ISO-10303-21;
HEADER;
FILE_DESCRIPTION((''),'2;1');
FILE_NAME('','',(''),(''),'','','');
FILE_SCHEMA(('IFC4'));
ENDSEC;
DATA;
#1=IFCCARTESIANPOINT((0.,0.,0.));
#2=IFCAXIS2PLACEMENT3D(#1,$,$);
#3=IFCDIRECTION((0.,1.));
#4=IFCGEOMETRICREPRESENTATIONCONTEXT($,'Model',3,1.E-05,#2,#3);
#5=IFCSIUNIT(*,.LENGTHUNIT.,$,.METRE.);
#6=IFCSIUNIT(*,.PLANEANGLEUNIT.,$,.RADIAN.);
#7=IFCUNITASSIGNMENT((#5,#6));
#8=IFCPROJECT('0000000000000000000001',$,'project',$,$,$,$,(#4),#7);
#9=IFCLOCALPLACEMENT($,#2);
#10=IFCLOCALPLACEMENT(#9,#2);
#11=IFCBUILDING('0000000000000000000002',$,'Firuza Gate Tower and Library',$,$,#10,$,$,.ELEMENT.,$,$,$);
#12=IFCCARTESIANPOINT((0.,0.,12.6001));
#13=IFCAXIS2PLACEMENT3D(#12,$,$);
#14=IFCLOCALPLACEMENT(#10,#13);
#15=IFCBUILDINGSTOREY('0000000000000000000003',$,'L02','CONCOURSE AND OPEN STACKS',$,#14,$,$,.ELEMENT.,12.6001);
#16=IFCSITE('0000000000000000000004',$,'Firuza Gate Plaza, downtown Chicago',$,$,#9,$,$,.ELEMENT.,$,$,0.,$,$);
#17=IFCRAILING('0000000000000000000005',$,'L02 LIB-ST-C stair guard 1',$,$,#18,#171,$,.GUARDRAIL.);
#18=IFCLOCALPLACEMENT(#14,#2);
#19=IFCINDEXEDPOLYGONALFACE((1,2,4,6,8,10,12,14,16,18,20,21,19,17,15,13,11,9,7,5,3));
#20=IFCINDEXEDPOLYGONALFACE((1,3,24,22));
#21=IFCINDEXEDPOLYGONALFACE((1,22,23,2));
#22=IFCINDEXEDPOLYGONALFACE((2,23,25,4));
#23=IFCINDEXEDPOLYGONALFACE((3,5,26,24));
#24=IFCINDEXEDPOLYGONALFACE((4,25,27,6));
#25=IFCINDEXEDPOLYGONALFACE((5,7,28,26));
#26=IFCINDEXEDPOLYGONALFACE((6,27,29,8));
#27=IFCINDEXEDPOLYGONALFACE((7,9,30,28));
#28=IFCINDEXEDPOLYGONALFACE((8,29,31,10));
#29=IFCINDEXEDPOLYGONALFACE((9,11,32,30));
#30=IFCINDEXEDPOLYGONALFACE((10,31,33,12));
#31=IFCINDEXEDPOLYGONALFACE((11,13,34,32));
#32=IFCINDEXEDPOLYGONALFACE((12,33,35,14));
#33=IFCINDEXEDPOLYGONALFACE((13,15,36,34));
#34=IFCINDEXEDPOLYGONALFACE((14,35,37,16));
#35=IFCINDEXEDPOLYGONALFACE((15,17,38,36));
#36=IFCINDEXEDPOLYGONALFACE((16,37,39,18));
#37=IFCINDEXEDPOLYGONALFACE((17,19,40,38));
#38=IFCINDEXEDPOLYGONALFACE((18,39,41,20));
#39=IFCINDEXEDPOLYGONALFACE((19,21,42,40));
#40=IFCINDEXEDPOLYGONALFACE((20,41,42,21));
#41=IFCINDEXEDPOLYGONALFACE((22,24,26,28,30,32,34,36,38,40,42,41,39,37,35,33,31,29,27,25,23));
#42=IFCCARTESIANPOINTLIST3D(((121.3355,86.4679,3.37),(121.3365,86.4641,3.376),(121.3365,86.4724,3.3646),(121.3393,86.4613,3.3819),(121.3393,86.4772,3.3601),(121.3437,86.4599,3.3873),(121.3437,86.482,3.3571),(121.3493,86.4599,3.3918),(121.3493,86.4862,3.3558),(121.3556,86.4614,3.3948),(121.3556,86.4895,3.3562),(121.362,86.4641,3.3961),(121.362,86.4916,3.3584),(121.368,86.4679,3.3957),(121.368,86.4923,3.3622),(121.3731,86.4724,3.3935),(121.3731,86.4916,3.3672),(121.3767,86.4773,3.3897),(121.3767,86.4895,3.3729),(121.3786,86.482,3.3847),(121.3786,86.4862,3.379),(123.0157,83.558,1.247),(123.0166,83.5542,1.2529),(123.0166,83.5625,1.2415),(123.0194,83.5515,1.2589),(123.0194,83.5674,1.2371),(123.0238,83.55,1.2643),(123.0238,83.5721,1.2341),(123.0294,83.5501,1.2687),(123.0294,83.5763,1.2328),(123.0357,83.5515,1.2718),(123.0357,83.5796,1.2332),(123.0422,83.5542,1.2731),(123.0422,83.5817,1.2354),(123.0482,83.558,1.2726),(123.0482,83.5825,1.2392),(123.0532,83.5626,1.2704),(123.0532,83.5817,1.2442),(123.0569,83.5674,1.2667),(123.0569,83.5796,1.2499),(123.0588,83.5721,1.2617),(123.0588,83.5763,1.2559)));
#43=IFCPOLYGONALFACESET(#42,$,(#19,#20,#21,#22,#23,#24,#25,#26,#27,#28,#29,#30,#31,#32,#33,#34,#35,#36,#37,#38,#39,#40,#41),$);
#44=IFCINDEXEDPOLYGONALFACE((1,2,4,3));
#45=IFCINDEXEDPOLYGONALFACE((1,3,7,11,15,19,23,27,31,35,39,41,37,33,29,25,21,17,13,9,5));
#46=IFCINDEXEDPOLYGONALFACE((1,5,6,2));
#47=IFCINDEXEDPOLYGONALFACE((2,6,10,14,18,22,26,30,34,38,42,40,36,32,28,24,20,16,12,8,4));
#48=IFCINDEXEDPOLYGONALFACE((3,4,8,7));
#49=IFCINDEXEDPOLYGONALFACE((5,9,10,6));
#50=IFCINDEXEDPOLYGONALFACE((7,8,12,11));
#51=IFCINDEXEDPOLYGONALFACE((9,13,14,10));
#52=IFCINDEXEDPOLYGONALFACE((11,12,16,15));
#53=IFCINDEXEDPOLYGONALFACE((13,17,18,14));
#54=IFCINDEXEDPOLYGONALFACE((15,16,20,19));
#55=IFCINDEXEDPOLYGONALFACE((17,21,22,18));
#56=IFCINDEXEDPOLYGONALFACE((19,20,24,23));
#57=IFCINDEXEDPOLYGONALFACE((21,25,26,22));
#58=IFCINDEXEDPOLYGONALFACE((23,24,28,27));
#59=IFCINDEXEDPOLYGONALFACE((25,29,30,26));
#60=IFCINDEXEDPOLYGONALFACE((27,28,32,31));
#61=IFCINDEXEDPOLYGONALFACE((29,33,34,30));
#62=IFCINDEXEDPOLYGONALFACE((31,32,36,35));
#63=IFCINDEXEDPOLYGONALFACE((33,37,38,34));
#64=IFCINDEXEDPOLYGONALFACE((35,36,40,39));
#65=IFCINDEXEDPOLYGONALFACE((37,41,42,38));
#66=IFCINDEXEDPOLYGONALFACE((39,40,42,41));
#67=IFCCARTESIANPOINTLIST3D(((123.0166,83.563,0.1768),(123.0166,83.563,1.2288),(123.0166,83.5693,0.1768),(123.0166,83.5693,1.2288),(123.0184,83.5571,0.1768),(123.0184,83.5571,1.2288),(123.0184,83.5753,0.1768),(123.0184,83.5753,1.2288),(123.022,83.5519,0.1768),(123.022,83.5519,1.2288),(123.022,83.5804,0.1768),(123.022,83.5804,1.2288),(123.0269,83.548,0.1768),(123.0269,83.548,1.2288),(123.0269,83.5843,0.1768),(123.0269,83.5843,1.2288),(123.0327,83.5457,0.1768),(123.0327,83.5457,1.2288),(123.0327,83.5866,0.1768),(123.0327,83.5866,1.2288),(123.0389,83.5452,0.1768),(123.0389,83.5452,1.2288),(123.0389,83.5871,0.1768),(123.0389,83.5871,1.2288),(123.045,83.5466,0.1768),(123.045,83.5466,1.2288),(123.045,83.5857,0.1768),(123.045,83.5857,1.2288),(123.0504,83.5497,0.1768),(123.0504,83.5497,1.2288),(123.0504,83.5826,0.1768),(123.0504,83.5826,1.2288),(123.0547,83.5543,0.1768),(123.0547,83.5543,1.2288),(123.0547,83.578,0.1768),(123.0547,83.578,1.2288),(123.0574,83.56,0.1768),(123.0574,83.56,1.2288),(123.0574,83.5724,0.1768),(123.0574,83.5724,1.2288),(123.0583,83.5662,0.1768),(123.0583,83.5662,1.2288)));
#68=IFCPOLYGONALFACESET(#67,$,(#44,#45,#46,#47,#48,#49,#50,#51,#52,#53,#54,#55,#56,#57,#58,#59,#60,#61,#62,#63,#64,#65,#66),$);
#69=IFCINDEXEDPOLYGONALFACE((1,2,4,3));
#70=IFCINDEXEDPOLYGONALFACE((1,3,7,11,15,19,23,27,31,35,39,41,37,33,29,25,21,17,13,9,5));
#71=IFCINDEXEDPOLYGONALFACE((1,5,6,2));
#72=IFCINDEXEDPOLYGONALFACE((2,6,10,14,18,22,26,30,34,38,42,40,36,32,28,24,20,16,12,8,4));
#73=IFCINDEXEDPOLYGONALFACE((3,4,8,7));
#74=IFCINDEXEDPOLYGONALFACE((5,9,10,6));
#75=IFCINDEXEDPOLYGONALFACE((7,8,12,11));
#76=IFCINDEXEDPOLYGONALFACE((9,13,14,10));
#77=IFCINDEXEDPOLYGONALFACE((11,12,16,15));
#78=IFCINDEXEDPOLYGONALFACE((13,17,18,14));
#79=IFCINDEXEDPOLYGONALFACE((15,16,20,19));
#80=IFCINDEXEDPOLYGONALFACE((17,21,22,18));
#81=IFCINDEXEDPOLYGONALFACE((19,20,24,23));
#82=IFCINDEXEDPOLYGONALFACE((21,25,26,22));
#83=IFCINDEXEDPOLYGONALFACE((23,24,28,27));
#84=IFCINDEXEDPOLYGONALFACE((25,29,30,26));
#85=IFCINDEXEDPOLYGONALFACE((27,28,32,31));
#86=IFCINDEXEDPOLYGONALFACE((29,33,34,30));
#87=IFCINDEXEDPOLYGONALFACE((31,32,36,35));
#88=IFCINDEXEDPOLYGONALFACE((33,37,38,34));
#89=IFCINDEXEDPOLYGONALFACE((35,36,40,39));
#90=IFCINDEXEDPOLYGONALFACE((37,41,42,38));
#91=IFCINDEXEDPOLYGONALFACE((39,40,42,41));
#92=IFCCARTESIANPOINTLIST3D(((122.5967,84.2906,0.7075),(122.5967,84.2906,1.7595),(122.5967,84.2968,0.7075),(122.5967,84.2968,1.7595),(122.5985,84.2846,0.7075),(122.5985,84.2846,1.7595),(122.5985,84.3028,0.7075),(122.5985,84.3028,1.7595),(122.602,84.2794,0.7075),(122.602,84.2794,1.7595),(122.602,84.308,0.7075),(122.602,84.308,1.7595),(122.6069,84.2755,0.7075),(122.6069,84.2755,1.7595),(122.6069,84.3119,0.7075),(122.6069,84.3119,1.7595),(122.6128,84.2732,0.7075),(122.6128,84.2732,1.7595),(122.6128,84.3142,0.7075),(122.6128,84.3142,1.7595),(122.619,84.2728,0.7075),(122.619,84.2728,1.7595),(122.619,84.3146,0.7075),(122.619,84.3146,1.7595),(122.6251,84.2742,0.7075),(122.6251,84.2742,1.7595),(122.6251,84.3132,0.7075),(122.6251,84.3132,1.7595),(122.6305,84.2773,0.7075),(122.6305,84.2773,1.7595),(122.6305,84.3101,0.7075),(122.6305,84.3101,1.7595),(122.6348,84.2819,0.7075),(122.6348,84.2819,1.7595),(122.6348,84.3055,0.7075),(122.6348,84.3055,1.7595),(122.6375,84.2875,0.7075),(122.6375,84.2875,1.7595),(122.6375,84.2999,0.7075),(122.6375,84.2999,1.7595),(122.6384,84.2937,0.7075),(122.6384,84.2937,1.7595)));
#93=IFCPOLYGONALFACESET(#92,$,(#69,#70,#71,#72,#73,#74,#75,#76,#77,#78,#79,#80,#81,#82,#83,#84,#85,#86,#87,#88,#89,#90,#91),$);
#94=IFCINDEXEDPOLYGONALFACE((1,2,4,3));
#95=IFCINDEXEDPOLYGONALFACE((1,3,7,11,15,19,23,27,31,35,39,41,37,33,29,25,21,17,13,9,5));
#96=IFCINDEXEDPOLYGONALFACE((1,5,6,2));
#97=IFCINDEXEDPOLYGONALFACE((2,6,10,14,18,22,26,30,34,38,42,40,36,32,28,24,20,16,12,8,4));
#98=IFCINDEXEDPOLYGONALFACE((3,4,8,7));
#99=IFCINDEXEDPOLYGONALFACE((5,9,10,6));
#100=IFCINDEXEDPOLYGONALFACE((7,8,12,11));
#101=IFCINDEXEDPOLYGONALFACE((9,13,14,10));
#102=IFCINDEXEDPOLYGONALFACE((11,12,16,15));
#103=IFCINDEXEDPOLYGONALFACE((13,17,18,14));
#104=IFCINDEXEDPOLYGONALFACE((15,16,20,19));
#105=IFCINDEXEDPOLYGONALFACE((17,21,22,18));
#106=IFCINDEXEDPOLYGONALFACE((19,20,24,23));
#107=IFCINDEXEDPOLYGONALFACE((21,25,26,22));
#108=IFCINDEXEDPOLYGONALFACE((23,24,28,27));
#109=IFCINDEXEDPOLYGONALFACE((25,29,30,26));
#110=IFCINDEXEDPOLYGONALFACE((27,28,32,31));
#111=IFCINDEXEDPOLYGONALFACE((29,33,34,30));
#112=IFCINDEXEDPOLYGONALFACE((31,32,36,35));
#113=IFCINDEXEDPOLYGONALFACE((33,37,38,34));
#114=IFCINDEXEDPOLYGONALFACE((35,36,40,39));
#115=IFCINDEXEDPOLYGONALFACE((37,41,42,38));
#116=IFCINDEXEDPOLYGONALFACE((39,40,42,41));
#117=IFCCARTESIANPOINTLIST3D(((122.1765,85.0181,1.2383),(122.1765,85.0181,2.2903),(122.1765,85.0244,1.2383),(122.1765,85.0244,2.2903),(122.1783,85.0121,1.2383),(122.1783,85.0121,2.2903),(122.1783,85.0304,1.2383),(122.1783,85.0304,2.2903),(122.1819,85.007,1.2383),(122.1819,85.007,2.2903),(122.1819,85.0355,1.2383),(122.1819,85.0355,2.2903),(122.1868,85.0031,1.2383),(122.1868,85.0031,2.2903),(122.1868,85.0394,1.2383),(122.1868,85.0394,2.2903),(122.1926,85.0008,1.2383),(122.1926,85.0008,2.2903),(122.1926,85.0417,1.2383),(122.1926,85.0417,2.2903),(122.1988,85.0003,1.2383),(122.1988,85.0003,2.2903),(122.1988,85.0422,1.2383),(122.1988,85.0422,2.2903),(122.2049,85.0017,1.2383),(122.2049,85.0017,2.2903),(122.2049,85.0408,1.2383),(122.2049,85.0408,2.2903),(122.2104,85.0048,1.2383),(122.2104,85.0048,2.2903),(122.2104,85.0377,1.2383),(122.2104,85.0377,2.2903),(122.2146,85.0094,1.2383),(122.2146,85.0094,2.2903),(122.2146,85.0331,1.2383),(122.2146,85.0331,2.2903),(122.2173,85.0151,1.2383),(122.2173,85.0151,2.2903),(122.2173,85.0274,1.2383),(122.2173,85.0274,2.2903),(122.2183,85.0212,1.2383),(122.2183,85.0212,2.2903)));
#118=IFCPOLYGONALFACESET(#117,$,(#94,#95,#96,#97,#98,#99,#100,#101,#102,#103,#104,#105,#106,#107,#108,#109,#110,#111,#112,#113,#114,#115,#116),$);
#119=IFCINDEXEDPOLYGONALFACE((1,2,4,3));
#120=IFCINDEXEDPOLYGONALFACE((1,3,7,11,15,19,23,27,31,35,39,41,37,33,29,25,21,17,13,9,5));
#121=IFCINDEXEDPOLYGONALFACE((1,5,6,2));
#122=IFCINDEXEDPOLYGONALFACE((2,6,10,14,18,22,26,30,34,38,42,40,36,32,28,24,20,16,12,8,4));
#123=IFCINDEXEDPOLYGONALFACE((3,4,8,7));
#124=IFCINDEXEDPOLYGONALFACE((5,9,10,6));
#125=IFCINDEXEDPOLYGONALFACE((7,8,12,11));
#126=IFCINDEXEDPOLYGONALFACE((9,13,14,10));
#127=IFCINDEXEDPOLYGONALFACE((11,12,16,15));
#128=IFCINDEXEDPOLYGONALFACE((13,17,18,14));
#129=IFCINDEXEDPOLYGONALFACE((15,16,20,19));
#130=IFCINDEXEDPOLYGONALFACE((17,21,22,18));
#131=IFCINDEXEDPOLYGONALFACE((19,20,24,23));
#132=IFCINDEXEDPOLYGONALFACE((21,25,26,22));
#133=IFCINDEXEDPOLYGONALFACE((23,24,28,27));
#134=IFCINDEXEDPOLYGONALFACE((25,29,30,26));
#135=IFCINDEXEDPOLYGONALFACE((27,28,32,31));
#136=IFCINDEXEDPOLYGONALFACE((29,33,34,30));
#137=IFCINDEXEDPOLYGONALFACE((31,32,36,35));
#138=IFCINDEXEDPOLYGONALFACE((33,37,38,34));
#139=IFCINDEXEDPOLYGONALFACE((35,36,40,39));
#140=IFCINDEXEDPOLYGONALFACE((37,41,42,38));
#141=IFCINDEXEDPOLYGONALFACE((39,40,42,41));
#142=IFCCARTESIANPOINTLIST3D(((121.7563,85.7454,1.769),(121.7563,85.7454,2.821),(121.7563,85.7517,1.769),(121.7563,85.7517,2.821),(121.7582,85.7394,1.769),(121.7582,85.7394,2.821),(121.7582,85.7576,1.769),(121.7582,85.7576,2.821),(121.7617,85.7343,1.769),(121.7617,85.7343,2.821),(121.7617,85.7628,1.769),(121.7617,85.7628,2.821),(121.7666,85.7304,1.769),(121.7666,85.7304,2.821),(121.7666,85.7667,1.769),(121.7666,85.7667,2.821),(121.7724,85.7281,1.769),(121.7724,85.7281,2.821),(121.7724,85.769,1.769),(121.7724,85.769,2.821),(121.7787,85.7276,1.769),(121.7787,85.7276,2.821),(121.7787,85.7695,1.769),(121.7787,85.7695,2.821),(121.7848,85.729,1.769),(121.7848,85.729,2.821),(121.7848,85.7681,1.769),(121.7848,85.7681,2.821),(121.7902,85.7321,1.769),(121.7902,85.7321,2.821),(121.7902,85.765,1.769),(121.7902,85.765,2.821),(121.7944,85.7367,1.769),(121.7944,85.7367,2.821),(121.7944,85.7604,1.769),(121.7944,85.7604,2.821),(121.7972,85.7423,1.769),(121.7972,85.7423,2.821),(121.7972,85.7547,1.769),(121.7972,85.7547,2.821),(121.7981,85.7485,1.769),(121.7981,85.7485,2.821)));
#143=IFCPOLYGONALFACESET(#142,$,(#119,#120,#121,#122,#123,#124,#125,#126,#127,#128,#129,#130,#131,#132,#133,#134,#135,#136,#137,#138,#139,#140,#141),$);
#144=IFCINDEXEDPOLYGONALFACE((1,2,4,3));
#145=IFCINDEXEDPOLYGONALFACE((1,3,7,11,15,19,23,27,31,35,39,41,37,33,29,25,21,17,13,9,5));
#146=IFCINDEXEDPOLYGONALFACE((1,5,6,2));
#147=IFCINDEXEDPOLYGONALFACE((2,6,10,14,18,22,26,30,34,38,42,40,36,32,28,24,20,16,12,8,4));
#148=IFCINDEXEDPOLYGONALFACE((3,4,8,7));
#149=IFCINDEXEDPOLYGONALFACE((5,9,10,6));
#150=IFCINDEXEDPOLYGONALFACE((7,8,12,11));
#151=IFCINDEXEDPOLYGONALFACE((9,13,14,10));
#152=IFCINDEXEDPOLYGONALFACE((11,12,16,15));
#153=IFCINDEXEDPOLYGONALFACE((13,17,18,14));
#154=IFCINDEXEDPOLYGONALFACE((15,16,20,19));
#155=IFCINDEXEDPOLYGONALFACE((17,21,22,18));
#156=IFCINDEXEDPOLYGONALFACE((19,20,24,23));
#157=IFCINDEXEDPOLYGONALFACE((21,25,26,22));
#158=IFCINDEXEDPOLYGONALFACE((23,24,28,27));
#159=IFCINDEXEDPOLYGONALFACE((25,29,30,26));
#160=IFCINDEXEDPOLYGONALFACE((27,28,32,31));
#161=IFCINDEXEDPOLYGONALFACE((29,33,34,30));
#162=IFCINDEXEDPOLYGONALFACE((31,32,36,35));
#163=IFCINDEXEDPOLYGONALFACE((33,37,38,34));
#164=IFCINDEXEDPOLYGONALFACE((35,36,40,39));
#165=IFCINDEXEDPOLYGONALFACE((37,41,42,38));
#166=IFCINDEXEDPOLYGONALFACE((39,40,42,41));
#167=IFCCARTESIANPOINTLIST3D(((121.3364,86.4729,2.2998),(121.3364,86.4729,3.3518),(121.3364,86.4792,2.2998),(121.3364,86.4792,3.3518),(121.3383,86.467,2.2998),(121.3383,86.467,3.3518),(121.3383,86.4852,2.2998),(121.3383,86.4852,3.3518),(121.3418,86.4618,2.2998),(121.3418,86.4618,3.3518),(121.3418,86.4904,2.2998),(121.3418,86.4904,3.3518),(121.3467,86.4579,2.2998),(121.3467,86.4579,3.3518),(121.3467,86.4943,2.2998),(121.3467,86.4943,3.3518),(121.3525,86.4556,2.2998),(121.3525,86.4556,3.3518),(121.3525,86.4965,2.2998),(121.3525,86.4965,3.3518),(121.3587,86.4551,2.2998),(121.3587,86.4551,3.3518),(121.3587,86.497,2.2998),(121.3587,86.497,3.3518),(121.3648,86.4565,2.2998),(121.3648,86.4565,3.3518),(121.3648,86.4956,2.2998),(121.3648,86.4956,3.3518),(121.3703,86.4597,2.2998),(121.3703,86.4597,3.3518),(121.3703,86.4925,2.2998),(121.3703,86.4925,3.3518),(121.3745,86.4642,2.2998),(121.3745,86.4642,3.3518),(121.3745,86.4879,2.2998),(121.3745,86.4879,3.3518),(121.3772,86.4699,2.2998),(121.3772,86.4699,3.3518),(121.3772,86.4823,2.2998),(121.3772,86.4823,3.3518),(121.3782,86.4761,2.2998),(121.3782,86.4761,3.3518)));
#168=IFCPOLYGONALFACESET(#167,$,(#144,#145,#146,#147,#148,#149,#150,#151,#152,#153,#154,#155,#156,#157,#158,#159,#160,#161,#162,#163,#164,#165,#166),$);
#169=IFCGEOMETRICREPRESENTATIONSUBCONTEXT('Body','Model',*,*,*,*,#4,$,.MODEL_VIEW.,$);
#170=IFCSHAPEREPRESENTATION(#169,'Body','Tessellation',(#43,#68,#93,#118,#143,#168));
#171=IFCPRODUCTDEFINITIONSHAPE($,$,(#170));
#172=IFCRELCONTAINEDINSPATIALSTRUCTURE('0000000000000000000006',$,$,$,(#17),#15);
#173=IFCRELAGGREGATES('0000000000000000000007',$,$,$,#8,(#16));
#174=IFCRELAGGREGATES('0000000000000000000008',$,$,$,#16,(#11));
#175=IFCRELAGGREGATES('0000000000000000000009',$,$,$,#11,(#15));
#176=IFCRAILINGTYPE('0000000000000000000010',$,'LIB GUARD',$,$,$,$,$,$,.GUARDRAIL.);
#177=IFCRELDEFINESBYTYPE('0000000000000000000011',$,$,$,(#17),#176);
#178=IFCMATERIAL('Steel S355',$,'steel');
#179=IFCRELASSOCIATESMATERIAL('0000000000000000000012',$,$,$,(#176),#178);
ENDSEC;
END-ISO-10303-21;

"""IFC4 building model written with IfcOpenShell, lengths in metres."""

from ifc_helpers import new_model, si_unit, direction, frame, origin, origin_2d, place, context, subcontext, project, spatial, circle, extrude, material, type_object, element, save


model = new_model("IFC4")

# Units and contexts
model_context = context("Model", 3, precision=1e-05, world=origin(), true_north=direction((0.0, 1.0)))
body_context = subcontext(model_context, "Body", "Model", "MODEL_VIEW")
ifc_project = project(units=[si_unit("LENGTHUNIT", "METRE"), si_unit("PLANEANGLEUNIT", "RADIAN")], contexts=[model_context])

# Site, building, storey
site_placement = place(None, origin())
site = spatial("IfcSite", under=ifc_project, at=site_placement, Name="Firuza Gate Plaza, downtown Chicago", CompositionType="ELEMENT", RefElevation=0.0)
building_placement = place(site_placement, origin())
building = spatial("IfcBuilding", under=site, at=building_placement, Name="Firuza Gate Tower and Library", CompositionType="ELEMENT")
storey_placement = place(building_placement, frame((0.0, 0.0, 12.6001)))
storey = spatial("IfcBuildingStorey", under=building, at=storey_placement, Name="L02", Description="CONCOURSE AND OPEN STACKS", CompositionType="ELEMENT", Elevation=12.6001)

# Railing
ifc_material_1 = material(Name="Steel S355", Category="steel")
railing_type_1 = type_object("IfcRailingType", Name="LIB GUARD", PredefinedType="GUARDRAIL", material=ifc_material_1)
railing_1_placement = place(storey_placement, frame((123.0374, 83.5662, 0.1768)))
element("IfcRailing", 1, at=railing_1_placement, inside=storey, type_object=railing_type_1, Name="L02 LIB-ST-C stair guard 1", PredefinedType="GUARDRAIL", context=body_context, shape_type="SweptSolid", body=[
    extrude(circle(Radius=0.0239, at=origin_2d()), frame((0.0, 0.0, 1.0762), z_axis=(-0.422722, 0.732116, 0.534146), x_axis=(-0.866008, -0.500031, 0.0)), (0.0, 0.0, 1.0), 3.9746),
    extrude(circle(Radius=0.021, at=origin_2d()), origin(), (0.0, 0.0, 1.0), 1.052),
    extrude(circle(Radius=0.021, at=origin_2d()), frame((-0.4199, 0.7275, 0.5308)), (0.0, 0.0, 1.0), 1.052),
    extrude(circle(Radius=0.021, at=origin_2d()), frame((-0.8401, 1.4551, 1.0615)), (0.0, 0.0, 1.0), 1.052),
    extrude(circle(Radius=0.021, at=origin_2d()), frame((-1.2603, 2.1824, 1.5923)), (0.0, 0.0, 1.0), 1.052),
    extrude(circle(Radius=0.021, at=origin_2d()), frame((-1.6802, 2.9099, 2.123)), (0.0, 0.0, 1.0), 1.052),
])

save(model, "model.ifc")
